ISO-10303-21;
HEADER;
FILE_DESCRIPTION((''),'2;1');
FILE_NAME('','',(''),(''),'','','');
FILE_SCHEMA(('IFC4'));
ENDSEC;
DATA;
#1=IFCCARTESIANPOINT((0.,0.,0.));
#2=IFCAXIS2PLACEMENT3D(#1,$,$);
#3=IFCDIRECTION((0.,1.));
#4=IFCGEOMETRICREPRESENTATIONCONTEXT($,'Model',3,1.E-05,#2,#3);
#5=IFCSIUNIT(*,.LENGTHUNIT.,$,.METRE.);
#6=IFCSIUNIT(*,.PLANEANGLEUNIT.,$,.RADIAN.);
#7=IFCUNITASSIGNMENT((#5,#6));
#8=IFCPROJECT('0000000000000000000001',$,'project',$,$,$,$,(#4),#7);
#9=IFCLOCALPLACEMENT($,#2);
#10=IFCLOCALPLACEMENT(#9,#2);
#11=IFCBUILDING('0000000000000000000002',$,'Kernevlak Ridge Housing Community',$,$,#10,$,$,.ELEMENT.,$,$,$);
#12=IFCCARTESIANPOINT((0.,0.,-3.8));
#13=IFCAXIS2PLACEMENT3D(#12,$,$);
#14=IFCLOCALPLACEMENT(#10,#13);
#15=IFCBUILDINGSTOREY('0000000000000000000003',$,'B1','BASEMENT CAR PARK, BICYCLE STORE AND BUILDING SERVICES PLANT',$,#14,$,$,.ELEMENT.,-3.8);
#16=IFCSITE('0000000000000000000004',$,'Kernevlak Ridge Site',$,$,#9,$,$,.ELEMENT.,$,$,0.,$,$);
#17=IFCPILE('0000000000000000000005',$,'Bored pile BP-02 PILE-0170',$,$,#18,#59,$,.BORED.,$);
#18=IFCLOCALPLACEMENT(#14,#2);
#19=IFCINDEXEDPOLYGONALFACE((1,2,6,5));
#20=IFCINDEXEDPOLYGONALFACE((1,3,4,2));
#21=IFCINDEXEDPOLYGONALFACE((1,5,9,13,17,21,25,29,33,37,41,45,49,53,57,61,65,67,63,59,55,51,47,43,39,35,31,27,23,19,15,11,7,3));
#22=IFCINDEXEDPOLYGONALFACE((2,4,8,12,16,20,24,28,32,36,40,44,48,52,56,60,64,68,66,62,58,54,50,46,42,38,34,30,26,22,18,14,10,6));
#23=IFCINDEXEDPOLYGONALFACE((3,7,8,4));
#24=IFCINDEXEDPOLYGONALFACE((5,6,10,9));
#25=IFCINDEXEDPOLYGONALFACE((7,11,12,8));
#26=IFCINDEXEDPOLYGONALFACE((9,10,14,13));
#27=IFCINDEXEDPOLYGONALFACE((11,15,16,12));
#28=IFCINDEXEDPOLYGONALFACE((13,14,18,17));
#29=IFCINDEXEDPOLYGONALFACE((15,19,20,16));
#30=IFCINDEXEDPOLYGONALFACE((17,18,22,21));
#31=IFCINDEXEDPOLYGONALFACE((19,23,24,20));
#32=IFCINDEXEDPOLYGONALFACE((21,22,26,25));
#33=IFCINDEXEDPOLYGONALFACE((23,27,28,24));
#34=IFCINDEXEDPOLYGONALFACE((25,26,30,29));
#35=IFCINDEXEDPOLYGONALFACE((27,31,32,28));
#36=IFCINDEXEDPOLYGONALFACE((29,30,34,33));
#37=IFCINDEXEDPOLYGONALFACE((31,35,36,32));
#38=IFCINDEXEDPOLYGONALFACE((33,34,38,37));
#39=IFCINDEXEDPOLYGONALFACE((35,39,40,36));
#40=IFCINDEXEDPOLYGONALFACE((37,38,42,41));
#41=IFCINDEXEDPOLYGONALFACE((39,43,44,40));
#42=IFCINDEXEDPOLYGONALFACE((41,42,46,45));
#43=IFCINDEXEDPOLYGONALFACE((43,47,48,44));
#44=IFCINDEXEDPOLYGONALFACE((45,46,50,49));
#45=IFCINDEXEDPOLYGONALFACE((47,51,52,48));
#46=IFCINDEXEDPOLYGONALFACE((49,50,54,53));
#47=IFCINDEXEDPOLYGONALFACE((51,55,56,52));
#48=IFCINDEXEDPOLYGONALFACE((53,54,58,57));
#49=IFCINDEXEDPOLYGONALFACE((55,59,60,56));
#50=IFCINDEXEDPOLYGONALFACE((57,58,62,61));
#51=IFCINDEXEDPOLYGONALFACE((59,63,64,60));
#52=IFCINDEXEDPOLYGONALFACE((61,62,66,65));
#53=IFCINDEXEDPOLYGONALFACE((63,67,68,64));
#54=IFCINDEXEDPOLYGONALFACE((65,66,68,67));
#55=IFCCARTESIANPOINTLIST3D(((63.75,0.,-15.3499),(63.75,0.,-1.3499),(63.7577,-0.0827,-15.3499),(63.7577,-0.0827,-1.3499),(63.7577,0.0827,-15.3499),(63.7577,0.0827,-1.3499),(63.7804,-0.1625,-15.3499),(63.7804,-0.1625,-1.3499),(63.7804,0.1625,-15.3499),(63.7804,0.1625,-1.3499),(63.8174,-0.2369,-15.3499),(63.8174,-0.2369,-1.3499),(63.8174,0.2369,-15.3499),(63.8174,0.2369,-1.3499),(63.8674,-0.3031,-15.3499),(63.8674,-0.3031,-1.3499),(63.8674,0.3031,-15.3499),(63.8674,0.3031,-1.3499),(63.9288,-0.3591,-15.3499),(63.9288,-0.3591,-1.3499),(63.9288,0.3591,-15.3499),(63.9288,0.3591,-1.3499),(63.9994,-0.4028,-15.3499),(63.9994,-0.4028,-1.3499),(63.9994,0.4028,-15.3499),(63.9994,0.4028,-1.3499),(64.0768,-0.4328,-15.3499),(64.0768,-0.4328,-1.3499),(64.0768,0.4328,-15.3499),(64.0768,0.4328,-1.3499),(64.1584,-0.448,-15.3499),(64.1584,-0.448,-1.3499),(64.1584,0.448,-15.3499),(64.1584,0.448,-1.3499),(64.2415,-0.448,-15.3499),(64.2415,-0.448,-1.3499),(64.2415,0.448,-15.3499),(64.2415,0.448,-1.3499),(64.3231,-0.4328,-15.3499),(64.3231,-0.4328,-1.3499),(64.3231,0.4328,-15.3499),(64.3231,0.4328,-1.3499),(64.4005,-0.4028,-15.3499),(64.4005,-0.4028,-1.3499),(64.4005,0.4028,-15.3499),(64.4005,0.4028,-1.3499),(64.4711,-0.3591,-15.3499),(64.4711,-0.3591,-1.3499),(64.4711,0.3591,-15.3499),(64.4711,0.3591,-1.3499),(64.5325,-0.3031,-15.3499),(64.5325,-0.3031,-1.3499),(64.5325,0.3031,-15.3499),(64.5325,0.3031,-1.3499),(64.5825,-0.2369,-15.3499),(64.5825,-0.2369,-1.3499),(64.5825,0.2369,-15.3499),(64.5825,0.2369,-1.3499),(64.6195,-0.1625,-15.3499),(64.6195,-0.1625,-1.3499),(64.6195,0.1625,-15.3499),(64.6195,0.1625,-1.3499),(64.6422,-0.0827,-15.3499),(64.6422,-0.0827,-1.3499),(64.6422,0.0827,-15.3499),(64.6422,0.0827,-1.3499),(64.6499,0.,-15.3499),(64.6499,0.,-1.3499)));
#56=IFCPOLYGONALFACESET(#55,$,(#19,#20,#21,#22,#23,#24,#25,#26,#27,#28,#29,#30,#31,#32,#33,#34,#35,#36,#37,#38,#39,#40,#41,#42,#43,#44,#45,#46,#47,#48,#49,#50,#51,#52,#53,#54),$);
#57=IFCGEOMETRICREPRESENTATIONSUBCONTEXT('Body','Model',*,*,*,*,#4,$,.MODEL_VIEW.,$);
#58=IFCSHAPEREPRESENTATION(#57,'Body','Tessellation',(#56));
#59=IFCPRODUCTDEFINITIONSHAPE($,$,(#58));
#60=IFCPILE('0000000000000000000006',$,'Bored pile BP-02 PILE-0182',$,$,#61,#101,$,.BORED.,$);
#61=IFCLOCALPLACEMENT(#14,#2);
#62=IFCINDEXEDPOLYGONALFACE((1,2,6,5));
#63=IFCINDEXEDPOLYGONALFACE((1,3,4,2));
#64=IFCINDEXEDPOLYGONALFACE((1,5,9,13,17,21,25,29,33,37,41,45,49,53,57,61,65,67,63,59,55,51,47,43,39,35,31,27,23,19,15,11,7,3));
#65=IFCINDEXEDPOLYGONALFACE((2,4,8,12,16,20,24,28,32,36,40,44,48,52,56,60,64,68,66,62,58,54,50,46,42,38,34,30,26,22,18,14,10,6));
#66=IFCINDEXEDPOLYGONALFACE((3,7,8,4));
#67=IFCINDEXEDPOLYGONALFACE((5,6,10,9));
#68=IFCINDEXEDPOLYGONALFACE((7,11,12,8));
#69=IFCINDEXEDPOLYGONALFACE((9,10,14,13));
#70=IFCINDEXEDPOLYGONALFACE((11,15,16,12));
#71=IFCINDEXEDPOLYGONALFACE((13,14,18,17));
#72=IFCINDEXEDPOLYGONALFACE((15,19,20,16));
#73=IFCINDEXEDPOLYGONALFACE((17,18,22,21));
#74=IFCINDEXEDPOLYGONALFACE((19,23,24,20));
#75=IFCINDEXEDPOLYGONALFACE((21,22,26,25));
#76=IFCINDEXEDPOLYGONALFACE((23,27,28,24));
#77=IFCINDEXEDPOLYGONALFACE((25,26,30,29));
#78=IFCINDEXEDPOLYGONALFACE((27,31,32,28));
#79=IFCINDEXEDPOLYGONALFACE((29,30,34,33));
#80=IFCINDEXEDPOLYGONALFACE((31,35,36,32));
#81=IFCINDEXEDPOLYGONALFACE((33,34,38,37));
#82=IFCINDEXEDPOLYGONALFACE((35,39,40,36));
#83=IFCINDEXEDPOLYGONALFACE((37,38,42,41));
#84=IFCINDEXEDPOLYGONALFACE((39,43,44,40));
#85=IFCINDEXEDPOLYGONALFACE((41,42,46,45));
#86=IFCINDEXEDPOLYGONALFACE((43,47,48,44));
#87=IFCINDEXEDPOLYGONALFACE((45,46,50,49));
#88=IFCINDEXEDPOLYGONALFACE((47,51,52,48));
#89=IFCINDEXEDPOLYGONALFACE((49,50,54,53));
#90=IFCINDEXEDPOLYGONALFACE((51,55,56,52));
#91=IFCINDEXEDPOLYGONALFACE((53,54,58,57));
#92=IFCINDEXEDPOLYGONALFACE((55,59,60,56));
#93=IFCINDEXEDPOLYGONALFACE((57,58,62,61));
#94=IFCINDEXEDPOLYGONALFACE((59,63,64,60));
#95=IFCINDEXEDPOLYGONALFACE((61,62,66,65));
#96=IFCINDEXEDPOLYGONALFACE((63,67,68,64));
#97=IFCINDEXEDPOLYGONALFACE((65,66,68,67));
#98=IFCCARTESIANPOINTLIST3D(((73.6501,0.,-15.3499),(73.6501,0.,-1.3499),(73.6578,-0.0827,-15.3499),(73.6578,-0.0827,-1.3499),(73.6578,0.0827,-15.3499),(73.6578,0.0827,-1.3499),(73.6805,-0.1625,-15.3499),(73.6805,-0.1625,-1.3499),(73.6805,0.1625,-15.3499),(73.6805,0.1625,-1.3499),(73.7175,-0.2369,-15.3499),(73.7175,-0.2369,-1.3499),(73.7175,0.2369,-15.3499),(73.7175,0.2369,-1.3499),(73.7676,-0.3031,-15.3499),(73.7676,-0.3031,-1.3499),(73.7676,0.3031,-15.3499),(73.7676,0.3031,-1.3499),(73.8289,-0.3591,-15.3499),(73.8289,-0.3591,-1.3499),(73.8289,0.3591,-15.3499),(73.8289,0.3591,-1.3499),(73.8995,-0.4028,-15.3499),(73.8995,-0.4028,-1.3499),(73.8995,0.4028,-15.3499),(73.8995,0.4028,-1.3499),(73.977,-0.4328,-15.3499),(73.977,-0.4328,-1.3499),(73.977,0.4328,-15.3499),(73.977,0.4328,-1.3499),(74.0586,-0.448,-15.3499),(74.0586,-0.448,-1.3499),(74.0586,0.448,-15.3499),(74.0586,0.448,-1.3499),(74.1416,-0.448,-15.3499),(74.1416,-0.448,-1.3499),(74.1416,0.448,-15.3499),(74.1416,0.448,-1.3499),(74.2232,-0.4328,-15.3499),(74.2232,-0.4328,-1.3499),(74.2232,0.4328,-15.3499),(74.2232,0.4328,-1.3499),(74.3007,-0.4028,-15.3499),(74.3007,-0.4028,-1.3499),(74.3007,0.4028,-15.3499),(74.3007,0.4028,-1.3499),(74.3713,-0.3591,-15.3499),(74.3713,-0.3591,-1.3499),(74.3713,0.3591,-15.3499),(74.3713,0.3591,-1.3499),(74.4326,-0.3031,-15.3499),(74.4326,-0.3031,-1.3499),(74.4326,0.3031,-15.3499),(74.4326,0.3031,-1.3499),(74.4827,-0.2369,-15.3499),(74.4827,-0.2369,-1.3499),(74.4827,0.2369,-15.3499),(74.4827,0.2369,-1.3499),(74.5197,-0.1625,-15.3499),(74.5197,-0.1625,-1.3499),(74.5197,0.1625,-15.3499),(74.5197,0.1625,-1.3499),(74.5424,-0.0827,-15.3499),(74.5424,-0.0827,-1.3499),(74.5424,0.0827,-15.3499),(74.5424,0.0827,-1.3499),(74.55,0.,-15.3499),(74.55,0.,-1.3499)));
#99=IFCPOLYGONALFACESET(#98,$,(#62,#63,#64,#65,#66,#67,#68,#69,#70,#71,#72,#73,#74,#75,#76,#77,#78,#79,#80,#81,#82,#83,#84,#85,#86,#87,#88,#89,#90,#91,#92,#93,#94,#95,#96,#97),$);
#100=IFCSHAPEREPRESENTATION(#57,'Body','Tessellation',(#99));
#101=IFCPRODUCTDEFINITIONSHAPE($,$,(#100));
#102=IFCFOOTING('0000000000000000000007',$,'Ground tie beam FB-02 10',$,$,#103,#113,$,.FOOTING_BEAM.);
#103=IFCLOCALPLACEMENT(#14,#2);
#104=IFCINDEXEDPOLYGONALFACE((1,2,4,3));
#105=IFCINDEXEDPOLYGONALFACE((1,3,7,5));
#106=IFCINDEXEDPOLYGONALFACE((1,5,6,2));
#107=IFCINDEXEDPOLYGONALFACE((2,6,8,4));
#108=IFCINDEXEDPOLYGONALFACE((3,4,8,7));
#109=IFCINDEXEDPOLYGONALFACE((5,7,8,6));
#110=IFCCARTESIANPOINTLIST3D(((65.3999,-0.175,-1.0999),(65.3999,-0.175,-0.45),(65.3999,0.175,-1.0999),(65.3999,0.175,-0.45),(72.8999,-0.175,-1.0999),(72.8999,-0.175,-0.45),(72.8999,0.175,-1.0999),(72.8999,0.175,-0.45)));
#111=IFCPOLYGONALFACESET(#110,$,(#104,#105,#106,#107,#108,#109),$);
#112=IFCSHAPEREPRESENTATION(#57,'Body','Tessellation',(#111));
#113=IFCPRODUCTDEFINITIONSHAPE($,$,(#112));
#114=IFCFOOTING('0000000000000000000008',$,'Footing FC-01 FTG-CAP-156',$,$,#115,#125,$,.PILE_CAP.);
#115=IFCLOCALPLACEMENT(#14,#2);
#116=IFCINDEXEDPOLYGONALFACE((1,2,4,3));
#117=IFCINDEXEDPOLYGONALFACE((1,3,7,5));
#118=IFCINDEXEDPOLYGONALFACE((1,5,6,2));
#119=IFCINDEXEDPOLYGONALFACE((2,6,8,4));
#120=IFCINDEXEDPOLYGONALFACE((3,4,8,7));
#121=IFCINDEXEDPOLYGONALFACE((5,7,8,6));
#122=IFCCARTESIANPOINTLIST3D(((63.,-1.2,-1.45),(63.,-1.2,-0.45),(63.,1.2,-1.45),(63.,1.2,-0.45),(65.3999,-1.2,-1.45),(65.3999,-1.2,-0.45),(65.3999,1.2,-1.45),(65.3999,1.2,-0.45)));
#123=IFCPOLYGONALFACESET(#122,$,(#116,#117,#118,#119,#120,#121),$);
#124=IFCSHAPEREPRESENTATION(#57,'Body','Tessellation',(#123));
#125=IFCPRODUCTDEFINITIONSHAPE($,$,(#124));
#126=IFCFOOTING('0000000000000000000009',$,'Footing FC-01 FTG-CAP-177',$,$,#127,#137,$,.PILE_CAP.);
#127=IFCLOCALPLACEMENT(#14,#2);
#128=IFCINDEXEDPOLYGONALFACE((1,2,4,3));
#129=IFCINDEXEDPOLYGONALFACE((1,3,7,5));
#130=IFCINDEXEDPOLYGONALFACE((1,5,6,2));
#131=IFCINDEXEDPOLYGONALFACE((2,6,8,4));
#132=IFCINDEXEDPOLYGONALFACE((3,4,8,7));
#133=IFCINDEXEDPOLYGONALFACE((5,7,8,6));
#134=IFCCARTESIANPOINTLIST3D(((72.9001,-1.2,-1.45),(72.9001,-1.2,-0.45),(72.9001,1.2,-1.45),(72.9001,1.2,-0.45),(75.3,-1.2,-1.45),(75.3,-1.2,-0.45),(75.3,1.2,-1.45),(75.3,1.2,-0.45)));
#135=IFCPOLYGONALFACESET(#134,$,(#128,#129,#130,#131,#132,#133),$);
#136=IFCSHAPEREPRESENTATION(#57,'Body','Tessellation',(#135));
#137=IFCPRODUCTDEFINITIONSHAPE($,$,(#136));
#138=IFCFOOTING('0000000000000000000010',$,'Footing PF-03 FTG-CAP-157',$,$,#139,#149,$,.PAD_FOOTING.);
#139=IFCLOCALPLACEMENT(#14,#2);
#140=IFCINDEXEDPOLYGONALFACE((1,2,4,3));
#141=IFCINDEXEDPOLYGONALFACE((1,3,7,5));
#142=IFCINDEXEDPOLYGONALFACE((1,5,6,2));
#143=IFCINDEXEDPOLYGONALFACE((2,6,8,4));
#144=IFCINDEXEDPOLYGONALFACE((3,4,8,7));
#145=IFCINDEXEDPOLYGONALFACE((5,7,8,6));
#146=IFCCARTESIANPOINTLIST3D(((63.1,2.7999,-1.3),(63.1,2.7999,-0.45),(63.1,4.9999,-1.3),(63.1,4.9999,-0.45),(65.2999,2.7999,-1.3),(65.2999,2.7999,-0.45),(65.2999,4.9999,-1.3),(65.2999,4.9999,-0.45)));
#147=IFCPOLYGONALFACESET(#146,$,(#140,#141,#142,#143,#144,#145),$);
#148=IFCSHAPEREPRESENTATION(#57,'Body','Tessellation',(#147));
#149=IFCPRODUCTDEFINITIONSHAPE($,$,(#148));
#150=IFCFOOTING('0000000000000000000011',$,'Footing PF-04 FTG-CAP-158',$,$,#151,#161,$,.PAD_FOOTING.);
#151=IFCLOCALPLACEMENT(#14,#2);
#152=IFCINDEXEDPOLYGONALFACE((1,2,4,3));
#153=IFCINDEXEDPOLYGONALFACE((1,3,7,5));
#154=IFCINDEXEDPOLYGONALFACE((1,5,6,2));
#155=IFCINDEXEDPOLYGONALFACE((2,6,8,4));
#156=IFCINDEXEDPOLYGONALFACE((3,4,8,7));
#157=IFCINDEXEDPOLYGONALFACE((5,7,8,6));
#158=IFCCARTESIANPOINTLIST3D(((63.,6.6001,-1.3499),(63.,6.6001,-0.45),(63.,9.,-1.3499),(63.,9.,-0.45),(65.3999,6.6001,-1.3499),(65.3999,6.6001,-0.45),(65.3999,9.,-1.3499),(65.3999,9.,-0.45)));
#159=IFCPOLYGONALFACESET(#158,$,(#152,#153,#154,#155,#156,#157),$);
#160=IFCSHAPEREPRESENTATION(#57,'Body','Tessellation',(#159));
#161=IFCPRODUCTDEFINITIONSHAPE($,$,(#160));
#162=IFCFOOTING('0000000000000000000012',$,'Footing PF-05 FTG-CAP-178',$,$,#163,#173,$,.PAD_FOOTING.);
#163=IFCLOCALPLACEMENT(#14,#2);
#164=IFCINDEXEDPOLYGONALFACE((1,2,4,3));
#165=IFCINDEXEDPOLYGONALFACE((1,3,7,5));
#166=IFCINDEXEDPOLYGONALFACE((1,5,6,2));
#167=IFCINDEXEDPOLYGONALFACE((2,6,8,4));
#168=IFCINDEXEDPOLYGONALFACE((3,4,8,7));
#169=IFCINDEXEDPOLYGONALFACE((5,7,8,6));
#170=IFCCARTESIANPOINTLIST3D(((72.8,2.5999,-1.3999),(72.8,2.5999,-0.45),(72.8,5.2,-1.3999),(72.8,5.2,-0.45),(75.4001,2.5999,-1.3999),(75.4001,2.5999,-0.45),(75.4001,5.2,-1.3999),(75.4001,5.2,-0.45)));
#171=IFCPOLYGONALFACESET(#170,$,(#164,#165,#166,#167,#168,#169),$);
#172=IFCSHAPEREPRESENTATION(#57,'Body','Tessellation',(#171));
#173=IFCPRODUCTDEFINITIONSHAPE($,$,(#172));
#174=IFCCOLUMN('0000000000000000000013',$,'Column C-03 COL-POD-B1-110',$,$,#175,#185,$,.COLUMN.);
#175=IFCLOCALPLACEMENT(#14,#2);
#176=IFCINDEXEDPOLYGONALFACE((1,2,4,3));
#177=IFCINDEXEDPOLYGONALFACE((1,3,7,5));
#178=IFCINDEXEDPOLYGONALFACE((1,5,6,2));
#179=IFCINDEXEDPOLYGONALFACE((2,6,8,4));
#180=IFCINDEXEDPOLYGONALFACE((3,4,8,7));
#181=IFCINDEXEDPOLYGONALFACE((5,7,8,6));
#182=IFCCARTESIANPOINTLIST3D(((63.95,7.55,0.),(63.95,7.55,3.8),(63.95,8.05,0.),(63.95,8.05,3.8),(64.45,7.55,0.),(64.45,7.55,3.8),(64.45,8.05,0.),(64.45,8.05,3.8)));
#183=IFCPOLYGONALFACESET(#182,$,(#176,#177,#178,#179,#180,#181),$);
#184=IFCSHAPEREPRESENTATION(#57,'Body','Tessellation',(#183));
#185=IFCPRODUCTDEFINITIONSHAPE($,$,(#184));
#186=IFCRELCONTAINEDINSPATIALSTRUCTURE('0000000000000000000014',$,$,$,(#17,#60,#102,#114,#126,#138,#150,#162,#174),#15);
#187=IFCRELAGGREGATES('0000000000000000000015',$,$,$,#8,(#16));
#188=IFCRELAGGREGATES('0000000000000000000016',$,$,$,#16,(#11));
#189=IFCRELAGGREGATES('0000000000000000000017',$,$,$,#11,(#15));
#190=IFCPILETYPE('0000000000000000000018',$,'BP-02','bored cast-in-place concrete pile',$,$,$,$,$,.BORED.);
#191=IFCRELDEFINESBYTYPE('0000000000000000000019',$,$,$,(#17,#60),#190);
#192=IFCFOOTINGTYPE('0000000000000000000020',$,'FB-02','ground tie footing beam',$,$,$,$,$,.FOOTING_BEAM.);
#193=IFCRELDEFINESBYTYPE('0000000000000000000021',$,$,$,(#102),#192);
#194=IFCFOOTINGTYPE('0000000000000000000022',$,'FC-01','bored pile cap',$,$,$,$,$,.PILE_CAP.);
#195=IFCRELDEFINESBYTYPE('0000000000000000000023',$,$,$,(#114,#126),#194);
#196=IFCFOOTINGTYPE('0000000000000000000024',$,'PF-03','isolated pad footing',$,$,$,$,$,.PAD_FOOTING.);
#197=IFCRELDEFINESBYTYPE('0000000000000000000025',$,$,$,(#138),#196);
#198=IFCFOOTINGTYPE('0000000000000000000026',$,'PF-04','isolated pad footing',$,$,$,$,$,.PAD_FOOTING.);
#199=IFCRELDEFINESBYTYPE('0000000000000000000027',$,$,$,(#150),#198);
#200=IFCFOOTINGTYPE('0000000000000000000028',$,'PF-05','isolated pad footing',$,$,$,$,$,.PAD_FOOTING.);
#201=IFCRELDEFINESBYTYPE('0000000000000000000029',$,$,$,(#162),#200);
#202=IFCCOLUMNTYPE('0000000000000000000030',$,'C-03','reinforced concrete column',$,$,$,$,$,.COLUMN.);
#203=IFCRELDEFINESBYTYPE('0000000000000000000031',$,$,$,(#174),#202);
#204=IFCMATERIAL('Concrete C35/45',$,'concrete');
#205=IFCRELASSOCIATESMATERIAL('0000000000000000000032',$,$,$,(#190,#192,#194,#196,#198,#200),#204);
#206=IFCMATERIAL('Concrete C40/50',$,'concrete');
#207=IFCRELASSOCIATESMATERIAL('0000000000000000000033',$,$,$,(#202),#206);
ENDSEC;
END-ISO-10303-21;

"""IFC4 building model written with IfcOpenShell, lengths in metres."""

from ifc_helpers import new_model, si_unit, direction, frame, origin, origin_2d, place, context, subcontext, project, spatial, rectangle, circle, extrude, material, material_profile, profile_set, type_object, element, save


model = new_model("IFC4")

# Units and contexts
model_context = context("Model", 3, precision=1e-05, world=origin(), true_north=direction((0.0, 1.0)))
body_context = subcontext(model_context, "Body", "Model", "MODEL_VIEW")
ifc_project = project(units=[si_unit("LENGTHUNIT", "METRE"), si_unit("PLANEANGLEUNIT", "RADIAN")], contexts=[model_context])

# Site, building, storey
site_placement = place(None, origin())
site = spatial("IfcSite", under=ifc_project, at=site_placement, Name="Kernevlak Ridge Site", CompositionType="ELEMENT", RefElevation=0.0)
building_placement = place(site_placement, origin())
building = spatial("IfcBuilding", under=site, at=building_placement, Name="Kernevlak Ridge Housing Community", CompositionType="ELEMENT")
storey_placement = place(building_placement, frame((0.0, 0.0, -3.8)))
storey = spatial("IfcBuildingStorey", under=building, at=storey_placement, Name="B1", Description="BASEMENT CAR PARK, BICYCLE STORE AND BUILDING SERVICES PLANT", CompositionType="ELEMENT", Elevation=-3.8)

# Piles
ifc_material_1 = material(Name="Concrete C35/45", Category="concrete")
ifc_material_profile_1 = material_profile(ifc_material_1, circle(Radius=0.45, at=origin_2d()), Name="BORED PILE 900")
ifc_profile_set_1 = profile_set([ifc_material_profile_1], Name="Concrete C35/45")
pile_type = type_object("IfcPileType", Name="BP-02", Description="bored cast-in-place concrete pile", PredefinedType="BORED", material=ifc_profile_set_1)
for number, where, z_axis, x_axis, name in (
    (1, (64.2, 0.0, -1.3499), (0.0, 0.0, -1.0), (1.0, 0.0, 0.0), "Bored pile BP-02 PILE-0170"),
    (2, (74.1001, 0.0, -1.3499), (0.0, 0.0, -1.0), (1.0, 0.0, 0.0), "Bored pile BP-02 PILE-0182"),
):
    element("IfcPile", number, at=place(storey_placement, frame(where, z_axis=z_axis, x_axis=x_axis)), inside=storey, type_object=pile_type, Name=name, PredefinedType="BORED", context=body_context, shape_type="SweptSolid", body=[
        extrude(circle(Radius=0.45, at=origin_2d()), origin(), (0.0, 0.0, 1.0), 14.0),
    ])

# Footings
ifc_material_profile_2 = material_profile(ifc_material_1, rectangle(XDim=0.3501, YDim=0.6499, at=origin_2d()), Name="RC 350x650")
ifc_profile_set_2 = profile_set([ifc_material_profile_2], Name="Concrete C35/45")
footing_type_1 = type_object("IfcFootingType", Name="FB-02", Description="ground tie footing beam", PredefinedType="FOOTING_BEAM", material=ifc_profile_set_2)
footing_1_placement = place(storey_placement, frame((65.3999, 0.0, -0.7749), z_axis=(1.0, 0.0, 0.0), x_axis=(0.0, 1.0, 0.0)))
element("IfcFooting", 3, at=footing_1_placement, inside=storey, type_object=footing_type_1, Name="Ground tie beam FB-02 10", PredefinedType="FOOTING_BEAM", context=body_context, shape_type="SweptSolid", body=[
    extrude(rectangle(XDim=0.3501, YDim=0.6499, at=origin_2d()), origin(), (0.0, 0.0, 1.0), 7.5),
])
footing_type_2 = type_object("IfcFootingType", Name="FC-01", Description="bored pile cap", PredefinedType="PILE_CAP", material=ifc_material_1)
for number, where, z_axis, x_axis, name in (
    (4, (64.2, 0.0, -1.45), (0.0, 0.0, 1.0), (1.0, 0.0, 0.0), "Footing FC-01 FTG-CAP-156"),
    (5, (74.1001, 0.0, -1.45), (0.0, 0.0, 1.0), (1.0, 0.0, 0.0), "Footing FC-01 FTG-CAP-177"),
):
    element("IfcFooting", number, at=place(storey_placement, frame(where, z_axis=z_axis, x_axis=x_axis)), inside=storey, type_object=footing_type_2, Name=name, PredefinedType="PILE_CAP", context=body_context, shape_type="SweptSolid", body=[
        extrude(rectangle(XDim=2.3999, YDim=2.3999, at=origin_2d()), origin(), (0.0, 0.0, 1.0), 1.0),
    ])
footing_type_3 = type_object("IfcFootingType", Name="PF-03", Description="isolated pad footing", PredefinedType="PAD_FOOTING", material=ifc_material_1)
footing_2_placement = place(storey_placement, frame((64.2, 3.8999, -1.3), z_axis=(0.0, 0.0, 1.0), x_axis=(1.0, 0.0, 0.0)))
element("IfcFooting", 6, at=footing_2_placement, inside=storey, type_object=footing_type_3, Name="Footing PF-03 FTG-CAP-157", PredefinedType="PAD_FOOTING", context=body_context, shape_type="SweptSolid", body=[
    extrude(rectangle(XDim=2.2, YDim=2.2, at=origin_2d()), origin(), (0.0, 0.0, 1.0), 0.8501),
])
footing_type_4 = type_object("IfcFootingType", Name="PF-04", Description="isolated pad footing", PredefinedType="PAD_FOOTING", material=ifc_material_1)
footing_3_placement = place(storey_placement, frame((64.2, 7.8, -1.3499), z_axis=(0.0, 0.0, 1.0), x_axis=(1.0, 0.0, 0.0)))
element("IfcFooting", 7, at=footing_3_placement, inside=storey, type_object=footing_type_4, Name="Footing PF-04 FTG-CAP-158", PredefinedType="PAD_FOOTING", context=body_context, shape_type="SweptSolid", body=[
    extrude(rectangle(XDim=2.3999, YDim=2.3999, at=origin_2d()), origin(), (0.0, 0.0, 1.0), 0.8999),
])
footing_type_5 = type_object("IfcFootingType", Name="PF-05", Description="isolated pad footing", PredefinedType="PAD_FOOTING", material=ifc_material_1)
footing_4_placement = place(storey_placement, frame((74.1001, 3.8999, -1.3999), z_axis=(0.0, 0.0, 1.0), x_axis=(1.0, 0.0, 0.0)))
element("IfcFooting", 8, at=footing_4_placement, inside=storey, type_object=footing_type_5, Name="Footing PF-05 FTG-CAP-178", PredefinedType="PAD_FOOTING", context=body_context, shape_type="SweptSolid", body=[
    extrude(rectangle(XDim=2.6001, YDim=2.6001, at=origin_2d()), origin(), (0.0, 0.0, 1.0), 0.95),
])

# Column
ifc_material_2 = material(Name="Concrete C40/50", Category="concrete")
ifc_material_profile_3 = material_profile(ifc_material_2, rectangle(XDim=0.5, YDim=0.5, at=origin_2d()), Name="RC 500x500")
ifc_profile_set_3 = profile_set([ifc_material_profile_3], Name="Concrete C40/50")
column_type_1 = type_object("IfcColumnType", Name="C-03", Description="reinforced concrete column", PredefinedType="COLUMN", material=ifc_profile_set_3)
column_1_placement = place(storey_placement, frame((64.2, 7.8, 0.0), z_axis=(0.0, 0.0, 1.0), x_axis=(1.0, 0.0, 0.0)))
element("IfcColumn", 9, at=column_1_placement, inside=storey, type_object=column_type_1, Name="Column C-03 COL-POD-B1-110", PredefinedType="COLUMN", context=body_context, shape_type="SweptSolid", body=[
    extrude(rectangle(XDim=0.5, YDim=0.5, at=origin_2d()), origin(), (0.0, 0.0, 1.0), 3.8),
])

save(model, "model.ifc")
